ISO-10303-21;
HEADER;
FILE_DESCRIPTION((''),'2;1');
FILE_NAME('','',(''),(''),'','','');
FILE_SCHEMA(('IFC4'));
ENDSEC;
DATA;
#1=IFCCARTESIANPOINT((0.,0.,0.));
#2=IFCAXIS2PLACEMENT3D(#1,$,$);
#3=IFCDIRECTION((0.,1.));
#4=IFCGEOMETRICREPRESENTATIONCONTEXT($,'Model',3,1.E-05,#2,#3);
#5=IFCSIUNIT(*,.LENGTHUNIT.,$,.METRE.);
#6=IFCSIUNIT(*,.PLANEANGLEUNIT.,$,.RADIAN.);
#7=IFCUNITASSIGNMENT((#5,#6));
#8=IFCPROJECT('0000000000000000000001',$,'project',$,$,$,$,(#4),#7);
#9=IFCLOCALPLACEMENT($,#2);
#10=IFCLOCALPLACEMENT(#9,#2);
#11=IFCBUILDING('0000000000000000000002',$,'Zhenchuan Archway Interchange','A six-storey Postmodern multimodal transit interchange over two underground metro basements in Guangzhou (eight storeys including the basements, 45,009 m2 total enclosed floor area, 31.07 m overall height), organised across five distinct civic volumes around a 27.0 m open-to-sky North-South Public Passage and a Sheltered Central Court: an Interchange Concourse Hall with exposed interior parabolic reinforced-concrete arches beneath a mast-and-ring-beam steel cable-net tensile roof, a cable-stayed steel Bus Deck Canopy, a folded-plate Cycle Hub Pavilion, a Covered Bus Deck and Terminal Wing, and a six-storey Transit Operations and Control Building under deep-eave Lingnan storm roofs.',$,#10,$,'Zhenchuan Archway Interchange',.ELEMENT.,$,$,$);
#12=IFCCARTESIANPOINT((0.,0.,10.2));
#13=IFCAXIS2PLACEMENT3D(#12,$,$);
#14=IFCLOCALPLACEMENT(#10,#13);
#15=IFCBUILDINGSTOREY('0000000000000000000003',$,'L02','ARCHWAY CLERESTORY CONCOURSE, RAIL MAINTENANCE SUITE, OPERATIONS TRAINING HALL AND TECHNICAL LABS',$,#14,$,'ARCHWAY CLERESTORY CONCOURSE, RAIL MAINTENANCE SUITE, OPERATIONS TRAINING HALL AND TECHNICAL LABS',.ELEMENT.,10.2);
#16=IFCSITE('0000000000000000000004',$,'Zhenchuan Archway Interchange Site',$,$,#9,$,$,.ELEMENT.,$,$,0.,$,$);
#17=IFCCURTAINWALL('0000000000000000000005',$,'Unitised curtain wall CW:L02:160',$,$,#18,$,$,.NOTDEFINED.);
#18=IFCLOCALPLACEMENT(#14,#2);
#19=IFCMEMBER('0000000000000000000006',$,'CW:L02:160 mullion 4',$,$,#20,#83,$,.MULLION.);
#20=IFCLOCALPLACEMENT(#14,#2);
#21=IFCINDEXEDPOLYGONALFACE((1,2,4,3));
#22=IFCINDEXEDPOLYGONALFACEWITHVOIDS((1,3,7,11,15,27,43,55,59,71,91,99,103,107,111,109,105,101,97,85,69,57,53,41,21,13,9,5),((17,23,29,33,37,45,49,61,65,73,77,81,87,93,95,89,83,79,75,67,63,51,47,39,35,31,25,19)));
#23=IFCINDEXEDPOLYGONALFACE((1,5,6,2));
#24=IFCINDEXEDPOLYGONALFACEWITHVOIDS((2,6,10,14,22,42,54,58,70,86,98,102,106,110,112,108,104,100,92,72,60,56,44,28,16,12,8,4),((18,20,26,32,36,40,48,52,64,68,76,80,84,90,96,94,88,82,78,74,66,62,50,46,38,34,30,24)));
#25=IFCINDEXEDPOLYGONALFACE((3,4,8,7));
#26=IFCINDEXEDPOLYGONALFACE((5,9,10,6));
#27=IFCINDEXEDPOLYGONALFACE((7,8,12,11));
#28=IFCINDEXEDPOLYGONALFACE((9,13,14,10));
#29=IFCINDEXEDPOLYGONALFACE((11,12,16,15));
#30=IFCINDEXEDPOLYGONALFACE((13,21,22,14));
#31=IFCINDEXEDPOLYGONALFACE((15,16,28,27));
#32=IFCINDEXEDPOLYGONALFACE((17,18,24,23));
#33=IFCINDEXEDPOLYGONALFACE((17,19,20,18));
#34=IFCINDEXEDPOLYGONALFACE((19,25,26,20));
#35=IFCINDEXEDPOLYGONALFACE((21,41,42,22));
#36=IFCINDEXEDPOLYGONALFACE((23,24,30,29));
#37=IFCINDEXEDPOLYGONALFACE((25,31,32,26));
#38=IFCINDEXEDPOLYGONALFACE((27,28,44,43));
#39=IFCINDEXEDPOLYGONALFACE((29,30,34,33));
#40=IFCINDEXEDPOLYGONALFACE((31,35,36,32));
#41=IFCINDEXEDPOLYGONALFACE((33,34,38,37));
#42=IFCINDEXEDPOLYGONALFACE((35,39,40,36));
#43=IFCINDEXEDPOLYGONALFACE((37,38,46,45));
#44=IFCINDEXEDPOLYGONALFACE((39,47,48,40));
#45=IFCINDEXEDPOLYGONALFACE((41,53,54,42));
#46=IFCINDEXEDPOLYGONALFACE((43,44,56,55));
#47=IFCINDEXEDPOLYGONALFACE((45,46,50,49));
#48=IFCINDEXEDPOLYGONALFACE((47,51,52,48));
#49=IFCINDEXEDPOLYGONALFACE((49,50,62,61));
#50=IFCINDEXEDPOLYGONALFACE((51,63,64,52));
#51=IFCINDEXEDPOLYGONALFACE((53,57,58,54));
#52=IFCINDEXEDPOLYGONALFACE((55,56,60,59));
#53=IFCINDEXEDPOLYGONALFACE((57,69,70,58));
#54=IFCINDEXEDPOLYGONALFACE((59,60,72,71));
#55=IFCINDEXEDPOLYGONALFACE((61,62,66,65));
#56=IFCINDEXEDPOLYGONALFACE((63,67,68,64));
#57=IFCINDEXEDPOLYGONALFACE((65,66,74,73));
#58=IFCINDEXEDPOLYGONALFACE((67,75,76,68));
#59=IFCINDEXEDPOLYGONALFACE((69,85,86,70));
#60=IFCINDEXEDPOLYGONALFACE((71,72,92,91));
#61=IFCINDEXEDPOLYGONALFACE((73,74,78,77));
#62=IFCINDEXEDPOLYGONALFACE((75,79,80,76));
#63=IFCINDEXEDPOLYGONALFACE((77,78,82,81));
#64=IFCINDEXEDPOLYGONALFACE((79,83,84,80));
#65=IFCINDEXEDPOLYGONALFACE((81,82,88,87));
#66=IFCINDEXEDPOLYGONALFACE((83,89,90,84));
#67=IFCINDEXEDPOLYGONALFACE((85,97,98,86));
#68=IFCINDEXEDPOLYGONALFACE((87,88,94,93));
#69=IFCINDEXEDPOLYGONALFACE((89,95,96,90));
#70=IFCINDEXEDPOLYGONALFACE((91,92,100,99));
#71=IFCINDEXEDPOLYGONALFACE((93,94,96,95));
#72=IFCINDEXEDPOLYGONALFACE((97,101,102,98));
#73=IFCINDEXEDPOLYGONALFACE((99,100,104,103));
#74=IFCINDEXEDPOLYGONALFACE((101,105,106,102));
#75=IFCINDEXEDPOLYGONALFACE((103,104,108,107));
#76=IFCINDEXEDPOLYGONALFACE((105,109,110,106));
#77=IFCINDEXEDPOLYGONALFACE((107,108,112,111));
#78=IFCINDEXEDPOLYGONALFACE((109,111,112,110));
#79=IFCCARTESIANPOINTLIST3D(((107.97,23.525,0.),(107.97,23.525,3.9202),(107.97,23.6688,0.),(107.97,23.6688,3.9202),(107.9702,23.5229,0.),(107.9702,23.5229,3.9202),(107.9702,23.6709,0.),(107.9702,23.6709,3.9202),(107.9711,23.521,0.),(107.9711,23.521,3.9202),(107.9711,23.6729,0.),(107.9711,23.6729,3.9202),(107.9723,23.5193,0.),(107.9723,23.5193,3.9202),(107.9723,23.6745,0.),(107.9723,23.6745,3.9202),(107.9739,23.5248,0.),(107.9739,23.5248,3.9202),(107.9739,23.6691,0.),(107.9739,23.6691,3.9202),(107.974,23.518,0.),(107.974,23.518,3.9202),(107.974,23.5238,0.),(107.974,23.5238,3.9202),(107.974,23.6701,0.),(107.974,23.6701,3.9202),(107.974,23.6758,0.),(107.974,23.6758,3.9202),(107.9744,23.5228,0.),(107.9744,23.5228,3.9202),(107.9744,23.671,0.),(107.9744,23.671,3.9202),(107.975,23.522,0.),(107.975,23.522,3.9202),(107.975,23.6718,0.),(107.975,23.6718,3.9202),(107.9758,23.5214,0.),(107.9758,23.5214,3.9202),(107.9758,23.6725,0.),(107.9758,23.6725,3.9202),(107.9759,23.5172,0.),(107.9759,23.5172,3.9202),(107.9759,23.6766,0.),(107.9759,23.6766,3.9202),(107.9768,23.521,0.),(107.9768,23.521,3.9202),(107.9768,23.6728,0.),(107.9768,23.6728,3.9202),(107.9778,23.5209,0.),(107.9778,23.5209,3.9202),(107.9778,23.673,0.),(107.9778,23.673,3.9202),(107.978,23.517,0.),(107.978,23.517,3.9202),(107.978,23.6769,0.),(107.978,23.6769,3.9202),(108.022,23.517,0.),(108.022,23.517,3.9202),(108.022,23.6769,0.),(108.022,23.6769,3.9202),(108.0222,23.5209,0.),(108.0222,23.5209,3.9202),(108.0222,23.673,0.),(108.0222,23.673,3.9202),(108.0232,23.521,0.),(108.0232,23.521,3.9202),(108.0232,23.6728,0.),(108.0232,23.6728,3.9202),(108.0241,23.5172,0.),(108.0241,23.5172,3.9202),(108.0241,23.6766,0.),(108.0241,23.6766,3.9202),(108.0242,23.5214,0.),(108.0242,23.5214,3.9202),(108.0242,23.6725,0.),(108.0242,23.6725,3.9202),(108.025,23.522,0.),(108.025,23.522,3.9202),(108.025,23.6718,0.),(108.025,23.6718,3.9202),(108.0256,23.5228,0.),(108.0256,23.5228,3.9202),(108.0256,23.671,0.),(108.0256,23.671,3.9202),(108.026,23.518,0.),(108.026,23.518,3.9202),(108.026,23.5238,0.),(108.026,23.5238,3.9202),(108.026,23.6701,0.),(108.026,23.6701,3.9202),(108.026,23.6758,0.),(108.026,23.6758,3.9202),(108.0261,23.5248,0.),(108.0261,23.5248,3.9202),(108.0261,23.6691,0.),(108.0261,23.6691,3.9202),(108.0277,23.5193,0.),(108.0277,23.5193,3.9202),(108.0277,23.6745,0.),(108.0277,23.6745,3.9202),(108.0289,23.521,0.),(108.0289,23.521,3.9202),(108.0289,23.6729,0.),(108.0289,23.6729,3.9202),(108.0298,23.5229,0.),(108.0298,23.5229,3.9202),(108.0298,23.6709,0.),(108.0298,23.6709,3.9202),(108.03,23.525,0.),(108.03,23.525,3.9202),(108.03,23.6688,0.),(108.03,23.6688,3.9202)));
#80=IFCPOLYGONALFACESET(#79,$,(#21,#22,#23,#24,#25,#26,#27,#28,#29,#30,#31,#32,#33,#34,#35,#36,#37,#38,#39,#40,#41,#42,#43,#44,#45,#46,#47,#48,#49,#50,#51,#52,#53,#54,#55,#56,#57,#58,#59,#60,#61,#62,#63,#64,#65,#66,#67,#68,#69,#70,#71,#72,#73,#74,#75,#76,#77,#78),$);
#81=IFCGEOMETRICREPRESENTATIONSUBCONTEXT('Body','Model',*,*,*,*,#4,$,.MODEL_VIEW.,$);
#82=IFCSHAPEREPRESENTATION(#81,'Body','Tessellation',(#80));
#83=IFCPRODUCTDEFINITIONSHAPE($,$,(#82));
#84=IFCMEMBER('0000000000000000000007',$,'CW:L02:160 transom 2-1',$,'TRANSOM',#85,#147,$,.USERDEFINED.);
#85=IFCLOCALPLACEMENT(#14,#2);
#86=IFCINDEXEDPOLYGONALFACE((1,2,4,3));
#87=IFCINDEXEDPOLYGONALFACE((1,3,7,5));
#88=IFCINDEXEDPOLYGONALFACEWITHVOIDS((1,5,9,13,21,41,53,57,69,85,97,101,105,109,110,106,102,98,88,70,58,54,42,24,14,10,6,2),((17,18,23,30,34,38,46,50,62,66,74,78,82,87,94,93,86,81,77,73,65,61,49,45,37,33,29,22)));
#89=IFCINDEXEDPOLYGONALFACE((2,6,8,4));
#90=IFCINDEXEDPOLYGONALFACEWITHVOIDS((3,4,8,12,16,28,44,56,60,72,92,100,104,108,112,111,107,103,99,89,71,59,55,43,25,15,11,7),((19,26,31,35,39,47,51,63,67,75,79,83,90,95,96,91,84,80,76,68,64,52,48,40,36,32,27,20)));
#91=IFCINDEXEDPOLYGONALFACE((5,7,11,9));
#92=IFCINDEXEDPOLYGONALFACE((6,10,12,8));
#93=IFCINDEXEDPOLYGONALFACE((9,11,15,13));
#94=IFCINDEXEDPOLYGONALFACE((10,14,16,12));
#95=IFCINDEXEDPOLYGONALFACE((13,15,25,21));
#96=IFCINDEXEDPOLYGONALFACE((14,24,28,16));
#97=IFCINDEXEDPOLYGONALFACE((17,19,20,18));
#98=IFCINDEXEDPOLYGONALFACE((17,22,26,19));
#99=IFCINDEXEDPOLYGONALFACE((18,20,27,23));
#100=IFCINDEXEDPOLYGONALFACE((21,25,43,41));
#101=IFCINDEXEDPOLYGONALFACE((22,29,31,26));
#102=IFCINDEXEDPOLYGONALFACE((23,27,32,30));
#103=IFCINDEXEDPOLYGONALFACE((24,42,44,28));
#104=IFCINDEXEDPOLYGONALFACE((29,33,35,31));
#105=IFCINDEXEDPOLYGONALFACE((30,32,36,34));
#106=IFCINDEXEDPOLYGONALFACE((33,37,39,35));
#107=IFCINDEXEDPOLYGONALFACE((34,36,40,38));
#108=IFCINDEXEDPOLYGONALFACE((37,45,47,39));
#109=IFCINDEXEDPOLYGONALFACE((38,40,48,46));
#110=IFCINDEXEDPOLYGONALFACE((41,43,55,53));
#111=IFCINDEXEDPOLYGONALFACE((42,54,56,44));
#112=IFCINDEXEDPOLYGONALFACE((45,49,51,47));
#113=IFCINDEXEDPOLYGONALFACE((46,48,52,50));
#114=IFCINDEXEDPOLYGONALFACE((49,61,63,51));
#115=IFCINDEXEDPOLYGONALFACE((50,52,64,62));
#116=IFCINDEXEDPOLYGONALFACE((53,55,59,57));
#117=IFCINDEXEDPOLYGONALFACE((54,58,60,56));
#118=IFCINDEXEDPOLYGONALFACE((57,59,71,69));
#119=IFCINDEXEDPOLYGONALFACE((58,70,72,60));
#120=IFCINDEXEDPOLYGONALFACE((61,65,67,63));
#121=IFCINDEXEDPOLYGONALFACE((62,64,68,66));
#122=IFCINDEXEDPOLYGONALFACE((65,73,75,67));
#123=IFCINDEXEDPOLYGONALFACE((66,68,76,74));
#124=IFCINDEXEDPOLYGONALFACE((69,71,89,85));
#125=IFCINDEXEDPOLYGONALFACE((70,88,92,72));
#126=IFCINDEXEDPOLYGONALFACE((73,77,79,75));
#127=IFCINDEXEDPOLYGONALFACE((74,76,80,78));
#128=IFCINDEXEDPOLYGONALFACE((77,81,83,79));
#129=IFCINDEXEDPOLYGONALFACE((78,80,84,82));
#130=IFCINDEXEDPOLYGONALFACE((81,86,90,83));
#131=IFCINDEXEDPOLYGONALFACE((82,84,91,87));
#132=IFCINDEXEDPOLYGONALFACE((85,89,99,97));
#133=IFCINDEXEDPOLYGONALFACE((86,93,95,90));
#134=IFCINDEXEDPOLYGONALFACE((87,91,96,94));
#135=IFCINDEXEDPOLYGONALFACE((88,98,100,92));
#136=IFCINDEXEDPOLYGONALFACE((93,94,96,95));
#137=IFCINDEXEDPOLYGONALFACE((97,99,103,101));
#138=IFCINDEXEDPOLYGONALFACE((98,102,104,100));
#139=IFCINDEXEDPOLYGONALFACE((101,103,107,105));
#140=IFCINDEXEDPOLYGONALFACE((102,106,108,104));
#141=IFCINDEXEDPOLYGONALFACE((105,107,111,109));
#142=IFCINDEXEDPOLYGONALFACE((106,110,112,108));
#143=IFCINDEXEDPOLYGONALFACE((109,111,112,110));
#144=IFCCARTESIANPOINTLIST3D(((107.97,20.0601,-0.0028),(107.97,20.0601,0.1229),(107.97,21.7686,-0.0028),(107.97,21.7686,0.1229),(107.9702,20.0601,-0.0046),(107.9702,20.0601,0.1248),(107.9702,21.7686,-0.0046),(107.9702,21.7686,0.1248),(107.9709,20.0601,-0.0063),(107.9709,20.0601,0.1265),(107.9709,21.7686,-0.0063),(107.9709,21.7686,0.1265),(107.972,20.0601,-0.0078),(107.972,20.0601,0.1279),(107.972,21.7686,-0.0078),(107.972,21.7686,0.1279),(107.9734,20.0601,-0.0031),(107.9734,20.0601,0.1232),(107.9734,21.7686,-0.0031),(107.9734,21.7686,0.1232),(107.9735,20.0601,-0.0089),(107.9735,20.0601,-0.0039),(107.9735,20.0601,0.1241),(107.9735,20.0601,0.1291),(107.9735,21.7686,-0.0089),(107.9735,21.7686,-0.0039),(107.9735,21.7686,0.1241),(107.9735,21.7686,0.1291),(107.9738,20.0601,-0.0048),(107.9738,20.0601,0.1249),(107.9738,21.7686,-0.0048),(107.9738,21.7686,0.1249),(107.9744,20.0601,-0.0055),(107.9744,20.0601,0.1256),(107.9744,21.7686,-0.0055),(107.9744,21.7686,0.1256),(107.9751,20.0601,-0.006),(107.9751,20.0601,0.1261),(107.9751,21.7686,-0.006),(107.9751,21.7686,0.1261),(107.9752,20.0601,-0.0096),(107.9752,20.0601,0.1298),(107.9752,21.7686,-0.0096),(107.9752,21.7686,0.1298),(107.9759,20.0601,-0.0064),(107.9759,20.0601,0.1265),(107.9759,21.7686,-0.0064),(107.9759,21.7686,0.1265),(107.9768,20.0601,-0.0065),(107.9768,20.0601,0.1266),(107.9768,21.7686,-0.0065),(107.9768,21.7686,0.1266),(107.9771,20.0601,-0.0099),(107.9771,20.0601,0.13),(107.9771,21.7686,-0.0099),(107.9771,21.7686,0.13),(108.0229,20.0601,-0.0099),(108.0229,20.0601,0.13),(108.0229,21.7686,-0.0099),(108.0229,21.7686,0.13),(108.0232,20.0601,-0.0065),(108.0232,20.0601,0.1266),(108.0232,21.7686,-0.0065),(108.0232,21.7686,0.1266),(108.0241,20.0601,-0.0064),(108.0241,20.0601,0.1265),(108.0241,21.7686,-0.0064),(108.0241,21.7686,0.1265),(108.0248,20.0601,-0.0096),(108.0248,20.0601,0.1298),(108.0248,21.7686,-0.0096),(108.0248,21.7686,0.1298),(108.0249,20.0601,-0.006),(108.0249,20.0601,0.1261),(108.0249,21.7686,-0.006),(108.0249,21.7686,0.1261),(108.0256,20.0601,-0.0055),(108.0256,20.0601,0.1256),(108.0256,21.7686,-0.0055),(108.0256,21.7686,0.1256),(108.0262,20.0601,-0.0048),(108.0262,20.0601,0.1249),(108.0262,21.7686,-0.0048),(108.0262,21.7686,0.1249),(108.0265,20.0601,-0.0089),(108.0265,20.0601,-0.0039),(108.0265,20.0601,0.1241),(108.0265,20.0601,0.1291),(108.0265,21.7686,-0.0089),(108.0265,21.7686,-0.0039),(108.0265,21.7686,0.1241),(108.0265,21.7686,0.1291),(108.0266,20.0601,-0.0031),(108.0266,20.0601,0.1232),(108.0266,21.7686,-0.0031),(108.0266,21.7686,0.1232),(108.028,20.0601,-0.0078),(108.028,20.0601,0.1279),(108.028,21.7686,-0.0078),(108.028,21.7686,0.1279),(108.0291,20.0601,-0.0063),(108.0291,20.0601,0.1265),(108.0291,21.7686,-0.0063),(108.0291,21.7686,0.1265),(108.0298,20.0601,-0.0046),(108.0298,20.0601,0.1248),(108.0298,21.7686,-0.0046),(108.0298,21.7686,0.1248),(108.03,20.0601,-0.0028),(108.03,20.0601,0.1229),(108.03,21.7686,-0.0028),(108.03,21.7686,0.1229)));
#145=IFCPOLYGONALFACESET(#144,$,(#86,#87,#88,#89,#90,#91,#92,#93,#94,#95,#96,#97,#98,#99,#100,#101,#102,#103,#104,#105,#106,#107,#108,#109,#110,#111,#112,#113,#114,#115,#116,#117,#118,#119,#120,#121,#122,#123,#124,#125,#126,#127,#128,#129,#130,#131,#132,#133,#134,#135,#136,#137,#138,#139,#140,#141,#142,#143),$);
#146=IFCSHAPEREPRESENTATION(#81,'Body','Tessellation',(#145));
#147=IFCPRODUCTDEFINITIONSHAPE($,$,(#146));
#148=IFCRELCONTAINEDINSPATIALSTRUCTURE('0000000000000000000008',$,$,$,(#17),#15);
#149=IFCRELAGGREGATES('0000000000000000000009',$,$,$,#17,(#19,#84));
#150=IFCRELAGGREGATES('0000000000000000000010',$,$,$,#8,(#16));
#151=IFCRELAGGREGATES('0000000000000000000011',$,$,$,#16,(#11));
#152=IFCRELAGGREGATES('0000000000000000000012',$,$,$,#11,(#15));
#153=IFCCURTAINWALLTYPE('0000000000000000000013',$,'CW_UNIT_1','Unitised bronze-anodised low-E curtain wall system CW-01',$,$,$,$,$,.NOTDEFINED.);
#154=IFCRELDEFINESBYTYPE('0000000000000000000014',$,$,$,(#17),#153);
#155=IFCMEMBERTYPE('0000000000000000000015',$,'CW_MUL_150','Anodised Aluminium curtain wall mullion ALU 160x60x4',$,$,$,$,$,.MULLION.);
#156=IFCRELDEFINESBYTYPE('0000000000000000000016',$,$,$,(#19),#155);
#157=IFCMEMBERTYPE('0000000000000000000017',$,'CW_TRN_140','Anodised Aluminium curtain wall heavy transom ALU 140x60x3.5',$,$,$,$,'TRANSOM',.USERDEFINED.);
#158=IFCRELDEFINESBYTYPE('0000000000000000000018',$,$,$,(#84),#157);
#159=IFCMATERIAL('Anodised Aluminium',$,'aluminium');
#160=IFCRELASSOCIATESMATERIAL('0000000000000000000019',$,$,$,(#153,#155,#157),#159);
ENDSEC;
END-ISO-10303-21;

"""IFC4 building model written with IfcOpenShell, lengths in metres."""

from ifc_helpers import new_model, si_unit, direction, frame, origin, origin_2d, place, context, subcontext, project, spatial, hollow_rectangle, extrude, material, material_profile, profile_set, type_object, element, aggregate, save


model = new_model("IFC4")

# Units and contexts
model_context = context("Model", 3, precision=1e-05, world=origin(), true_north=direction((0.0, 1.0)))
body_context = subcontext(model_context, "Body", "Model", "MODEL_VIEW")
ifc_project = project(units=[si_unit("LENGTHUNIT", "METRE"), si_unit("PLANEANGLEUNIT", "RADIAN")], contexts=[model_context])

# Site, building, storey
site_placement = place(None, origin())
site = spatial("IfcSite", under=ifc_project, at=site_placement, Name="Zhenchuan Archway Interchange Site", CompositionType="ELEMENT", RefElevation=0.0)
building_placement = place(site_placement, origin())
building = spatial("IfcBuilding", under=site, at=building_placement, Name="Zhenchuan Archway Interchange", Description="A six-storey Postmodern multimodal transit interchange over two underground metro basements in Guangzhou (eight storeys including the basements, 45,009 m2 total enclosed floor area, 31.07 m overall height), organised across five distinct civic volumes around a 27.0 m open-to-sky North-South Public Passage and a Sheltered Central Court: an Interchange Concourse Hall with exposed interior parabolic reinforced-concrete arches beneath a mast-and-ring-beam steel cable-net tensile roof, a cable-stayed steel Bus Deck Canopy, a folded-plate Cycle Hub Pavilion, a Covered Bus Deck and Terminal Wing, and a six-storey Transit Operations and Control Building under deep-eave Lingnan storm roofs.", LongName="Zhenchuan Archway Interchange", CompositionType="ELEMENT")
storey_placement = place(building_placement, frame((0.0, 0.0, 10.2)))
storey = spatial("IfcBuildingStorey", under=building, at=storey_placement, Name="L02", Description="ARCHWAY CLERESTORY CONCOURSE, RAIL MAINTENANCE SUITE, OPERATIONS TRAINING HALL AND TECHNICAL LABS", LongName="ARCHWAY CLERESTORY CONCOURSE, RAIL MAINTENANCE SUITE, OPERATIONS TRAINING HALL AND TECHNICAL LABS", CompositionType="ELEMENT", Elevation=10.2)

# Curtain wall, members
ifc_material_1 = material(Name="Anodised Aluminium", Category="aluminium")
curtain_wall_type = type_object("IfcCurtainWallType", Name="CW_UNIT_1", Description="Unitised bronze-anodised low-E curtain wall system CW-01", PredefinedType="NOTDEFINED", material=ifc_material_1)
curtain_wall_placement = place(storey_placement, origin())
curtain_wall = element("IfcCurtainWall", 1, at=curtain_wall_placement, inside=storey, type_object=curtain_wall_type, Name="Unitised curtain wall CW:L02:160", PredefinedType="NOTDEFINED")
ifc_material_profile_1 = material_profile(ifc_material_1, hollow_rectangle(XDim=0.0601, YDim=0.1599, WallThickness=0.0039, InnerFilletRadius=0.0039, OuterFilletRadius=0.0081, at=origin_2d()), Name="ALU 160x60x4")
ifc_profile_set_1 = profile_set([ifc_material_profile_1], Name="Anodised Aluminium")
member_type_1 = type_object("IfcMemberType", Name="CW_MUL_150", Description="Anodised Aluminium curtain wall mullion ALU 160x60x4", PredefinedType="MULLION", material=ifc_profile_set_1)
member_1_placement = place(storey_placement, frame((108.0, 23.5969, 0.0), z_axis=(0.0, 0.0, 1.0), x_axis=(1.0, 0.0, 0.0)))
member_1 = element("IfcMember", 2, at=member_1_placement, type_object=member_type_1, Name="CW:L02:160 mullion 4", PredefinedType="MULLION", context=body_context, shape_type="SweptSolid", body=[
    extrude(hollow_rectangle(XDim=0.0601, YDim=0.1599, WallThickness=0.0039, InnerFilletRadius=0.0039, OuterFilletRadius=0.0081, at=origin_2d()), origin(), (0.0, 0.0, 1.0), 3.9202),
])
ifc_material_profile_2 = material_profile(ifc_material_1, hollow_rectangle(XDim=0.0601, YDim=0.1399, WallThickness=0.0034, InnerFilletRadius=0.0034, OuterFilletRadius=0.0071, at=origin_2d()), Name="ALU 140x60x3.5")
ifc_profile_set_2 = profile_set([ifc_material_profile_2], Name="Anodised Aluminium")
member_type_2 = type_object("IfcMemberType", Name="CW_TRN_140", Description="Anodised Aluminium curtain wall heavy transom ALU 140x60x3.5", ElementType="TRANSOM", PredefinedType="USERDEFINED", material=ifc_profile_set_2)
member_2_placement = place(storey_placement, frame((108.0, 20.0601, 0.0601), z_axis=(0.0, 1.0, 0.0), x_axis=(-1.0, 0.0, 0.0)))
member_2 = element("IfcMember", 3, at=member_2_placement, type_object=member_type_2, Name="CW:L02:160 transom 2-1", ObjectType="TRANSOM", PredefinedType="USERDEFINED", context=body_context, shape_type="SweptSolid", body=[
    extrude(hollow_rectangle(XDim=0.0601, YDim=0.1399, WallThickness=0.0034, InnerFilletRadius=0.0034, OuterFilletRadius=0.0071, at=origin_2d()), origin(), (0.0, 0.0, 1.0), 1.7085),
])

aggregate(curtain_wall, [member_1, member_2])

save(model, "model.ifc")
